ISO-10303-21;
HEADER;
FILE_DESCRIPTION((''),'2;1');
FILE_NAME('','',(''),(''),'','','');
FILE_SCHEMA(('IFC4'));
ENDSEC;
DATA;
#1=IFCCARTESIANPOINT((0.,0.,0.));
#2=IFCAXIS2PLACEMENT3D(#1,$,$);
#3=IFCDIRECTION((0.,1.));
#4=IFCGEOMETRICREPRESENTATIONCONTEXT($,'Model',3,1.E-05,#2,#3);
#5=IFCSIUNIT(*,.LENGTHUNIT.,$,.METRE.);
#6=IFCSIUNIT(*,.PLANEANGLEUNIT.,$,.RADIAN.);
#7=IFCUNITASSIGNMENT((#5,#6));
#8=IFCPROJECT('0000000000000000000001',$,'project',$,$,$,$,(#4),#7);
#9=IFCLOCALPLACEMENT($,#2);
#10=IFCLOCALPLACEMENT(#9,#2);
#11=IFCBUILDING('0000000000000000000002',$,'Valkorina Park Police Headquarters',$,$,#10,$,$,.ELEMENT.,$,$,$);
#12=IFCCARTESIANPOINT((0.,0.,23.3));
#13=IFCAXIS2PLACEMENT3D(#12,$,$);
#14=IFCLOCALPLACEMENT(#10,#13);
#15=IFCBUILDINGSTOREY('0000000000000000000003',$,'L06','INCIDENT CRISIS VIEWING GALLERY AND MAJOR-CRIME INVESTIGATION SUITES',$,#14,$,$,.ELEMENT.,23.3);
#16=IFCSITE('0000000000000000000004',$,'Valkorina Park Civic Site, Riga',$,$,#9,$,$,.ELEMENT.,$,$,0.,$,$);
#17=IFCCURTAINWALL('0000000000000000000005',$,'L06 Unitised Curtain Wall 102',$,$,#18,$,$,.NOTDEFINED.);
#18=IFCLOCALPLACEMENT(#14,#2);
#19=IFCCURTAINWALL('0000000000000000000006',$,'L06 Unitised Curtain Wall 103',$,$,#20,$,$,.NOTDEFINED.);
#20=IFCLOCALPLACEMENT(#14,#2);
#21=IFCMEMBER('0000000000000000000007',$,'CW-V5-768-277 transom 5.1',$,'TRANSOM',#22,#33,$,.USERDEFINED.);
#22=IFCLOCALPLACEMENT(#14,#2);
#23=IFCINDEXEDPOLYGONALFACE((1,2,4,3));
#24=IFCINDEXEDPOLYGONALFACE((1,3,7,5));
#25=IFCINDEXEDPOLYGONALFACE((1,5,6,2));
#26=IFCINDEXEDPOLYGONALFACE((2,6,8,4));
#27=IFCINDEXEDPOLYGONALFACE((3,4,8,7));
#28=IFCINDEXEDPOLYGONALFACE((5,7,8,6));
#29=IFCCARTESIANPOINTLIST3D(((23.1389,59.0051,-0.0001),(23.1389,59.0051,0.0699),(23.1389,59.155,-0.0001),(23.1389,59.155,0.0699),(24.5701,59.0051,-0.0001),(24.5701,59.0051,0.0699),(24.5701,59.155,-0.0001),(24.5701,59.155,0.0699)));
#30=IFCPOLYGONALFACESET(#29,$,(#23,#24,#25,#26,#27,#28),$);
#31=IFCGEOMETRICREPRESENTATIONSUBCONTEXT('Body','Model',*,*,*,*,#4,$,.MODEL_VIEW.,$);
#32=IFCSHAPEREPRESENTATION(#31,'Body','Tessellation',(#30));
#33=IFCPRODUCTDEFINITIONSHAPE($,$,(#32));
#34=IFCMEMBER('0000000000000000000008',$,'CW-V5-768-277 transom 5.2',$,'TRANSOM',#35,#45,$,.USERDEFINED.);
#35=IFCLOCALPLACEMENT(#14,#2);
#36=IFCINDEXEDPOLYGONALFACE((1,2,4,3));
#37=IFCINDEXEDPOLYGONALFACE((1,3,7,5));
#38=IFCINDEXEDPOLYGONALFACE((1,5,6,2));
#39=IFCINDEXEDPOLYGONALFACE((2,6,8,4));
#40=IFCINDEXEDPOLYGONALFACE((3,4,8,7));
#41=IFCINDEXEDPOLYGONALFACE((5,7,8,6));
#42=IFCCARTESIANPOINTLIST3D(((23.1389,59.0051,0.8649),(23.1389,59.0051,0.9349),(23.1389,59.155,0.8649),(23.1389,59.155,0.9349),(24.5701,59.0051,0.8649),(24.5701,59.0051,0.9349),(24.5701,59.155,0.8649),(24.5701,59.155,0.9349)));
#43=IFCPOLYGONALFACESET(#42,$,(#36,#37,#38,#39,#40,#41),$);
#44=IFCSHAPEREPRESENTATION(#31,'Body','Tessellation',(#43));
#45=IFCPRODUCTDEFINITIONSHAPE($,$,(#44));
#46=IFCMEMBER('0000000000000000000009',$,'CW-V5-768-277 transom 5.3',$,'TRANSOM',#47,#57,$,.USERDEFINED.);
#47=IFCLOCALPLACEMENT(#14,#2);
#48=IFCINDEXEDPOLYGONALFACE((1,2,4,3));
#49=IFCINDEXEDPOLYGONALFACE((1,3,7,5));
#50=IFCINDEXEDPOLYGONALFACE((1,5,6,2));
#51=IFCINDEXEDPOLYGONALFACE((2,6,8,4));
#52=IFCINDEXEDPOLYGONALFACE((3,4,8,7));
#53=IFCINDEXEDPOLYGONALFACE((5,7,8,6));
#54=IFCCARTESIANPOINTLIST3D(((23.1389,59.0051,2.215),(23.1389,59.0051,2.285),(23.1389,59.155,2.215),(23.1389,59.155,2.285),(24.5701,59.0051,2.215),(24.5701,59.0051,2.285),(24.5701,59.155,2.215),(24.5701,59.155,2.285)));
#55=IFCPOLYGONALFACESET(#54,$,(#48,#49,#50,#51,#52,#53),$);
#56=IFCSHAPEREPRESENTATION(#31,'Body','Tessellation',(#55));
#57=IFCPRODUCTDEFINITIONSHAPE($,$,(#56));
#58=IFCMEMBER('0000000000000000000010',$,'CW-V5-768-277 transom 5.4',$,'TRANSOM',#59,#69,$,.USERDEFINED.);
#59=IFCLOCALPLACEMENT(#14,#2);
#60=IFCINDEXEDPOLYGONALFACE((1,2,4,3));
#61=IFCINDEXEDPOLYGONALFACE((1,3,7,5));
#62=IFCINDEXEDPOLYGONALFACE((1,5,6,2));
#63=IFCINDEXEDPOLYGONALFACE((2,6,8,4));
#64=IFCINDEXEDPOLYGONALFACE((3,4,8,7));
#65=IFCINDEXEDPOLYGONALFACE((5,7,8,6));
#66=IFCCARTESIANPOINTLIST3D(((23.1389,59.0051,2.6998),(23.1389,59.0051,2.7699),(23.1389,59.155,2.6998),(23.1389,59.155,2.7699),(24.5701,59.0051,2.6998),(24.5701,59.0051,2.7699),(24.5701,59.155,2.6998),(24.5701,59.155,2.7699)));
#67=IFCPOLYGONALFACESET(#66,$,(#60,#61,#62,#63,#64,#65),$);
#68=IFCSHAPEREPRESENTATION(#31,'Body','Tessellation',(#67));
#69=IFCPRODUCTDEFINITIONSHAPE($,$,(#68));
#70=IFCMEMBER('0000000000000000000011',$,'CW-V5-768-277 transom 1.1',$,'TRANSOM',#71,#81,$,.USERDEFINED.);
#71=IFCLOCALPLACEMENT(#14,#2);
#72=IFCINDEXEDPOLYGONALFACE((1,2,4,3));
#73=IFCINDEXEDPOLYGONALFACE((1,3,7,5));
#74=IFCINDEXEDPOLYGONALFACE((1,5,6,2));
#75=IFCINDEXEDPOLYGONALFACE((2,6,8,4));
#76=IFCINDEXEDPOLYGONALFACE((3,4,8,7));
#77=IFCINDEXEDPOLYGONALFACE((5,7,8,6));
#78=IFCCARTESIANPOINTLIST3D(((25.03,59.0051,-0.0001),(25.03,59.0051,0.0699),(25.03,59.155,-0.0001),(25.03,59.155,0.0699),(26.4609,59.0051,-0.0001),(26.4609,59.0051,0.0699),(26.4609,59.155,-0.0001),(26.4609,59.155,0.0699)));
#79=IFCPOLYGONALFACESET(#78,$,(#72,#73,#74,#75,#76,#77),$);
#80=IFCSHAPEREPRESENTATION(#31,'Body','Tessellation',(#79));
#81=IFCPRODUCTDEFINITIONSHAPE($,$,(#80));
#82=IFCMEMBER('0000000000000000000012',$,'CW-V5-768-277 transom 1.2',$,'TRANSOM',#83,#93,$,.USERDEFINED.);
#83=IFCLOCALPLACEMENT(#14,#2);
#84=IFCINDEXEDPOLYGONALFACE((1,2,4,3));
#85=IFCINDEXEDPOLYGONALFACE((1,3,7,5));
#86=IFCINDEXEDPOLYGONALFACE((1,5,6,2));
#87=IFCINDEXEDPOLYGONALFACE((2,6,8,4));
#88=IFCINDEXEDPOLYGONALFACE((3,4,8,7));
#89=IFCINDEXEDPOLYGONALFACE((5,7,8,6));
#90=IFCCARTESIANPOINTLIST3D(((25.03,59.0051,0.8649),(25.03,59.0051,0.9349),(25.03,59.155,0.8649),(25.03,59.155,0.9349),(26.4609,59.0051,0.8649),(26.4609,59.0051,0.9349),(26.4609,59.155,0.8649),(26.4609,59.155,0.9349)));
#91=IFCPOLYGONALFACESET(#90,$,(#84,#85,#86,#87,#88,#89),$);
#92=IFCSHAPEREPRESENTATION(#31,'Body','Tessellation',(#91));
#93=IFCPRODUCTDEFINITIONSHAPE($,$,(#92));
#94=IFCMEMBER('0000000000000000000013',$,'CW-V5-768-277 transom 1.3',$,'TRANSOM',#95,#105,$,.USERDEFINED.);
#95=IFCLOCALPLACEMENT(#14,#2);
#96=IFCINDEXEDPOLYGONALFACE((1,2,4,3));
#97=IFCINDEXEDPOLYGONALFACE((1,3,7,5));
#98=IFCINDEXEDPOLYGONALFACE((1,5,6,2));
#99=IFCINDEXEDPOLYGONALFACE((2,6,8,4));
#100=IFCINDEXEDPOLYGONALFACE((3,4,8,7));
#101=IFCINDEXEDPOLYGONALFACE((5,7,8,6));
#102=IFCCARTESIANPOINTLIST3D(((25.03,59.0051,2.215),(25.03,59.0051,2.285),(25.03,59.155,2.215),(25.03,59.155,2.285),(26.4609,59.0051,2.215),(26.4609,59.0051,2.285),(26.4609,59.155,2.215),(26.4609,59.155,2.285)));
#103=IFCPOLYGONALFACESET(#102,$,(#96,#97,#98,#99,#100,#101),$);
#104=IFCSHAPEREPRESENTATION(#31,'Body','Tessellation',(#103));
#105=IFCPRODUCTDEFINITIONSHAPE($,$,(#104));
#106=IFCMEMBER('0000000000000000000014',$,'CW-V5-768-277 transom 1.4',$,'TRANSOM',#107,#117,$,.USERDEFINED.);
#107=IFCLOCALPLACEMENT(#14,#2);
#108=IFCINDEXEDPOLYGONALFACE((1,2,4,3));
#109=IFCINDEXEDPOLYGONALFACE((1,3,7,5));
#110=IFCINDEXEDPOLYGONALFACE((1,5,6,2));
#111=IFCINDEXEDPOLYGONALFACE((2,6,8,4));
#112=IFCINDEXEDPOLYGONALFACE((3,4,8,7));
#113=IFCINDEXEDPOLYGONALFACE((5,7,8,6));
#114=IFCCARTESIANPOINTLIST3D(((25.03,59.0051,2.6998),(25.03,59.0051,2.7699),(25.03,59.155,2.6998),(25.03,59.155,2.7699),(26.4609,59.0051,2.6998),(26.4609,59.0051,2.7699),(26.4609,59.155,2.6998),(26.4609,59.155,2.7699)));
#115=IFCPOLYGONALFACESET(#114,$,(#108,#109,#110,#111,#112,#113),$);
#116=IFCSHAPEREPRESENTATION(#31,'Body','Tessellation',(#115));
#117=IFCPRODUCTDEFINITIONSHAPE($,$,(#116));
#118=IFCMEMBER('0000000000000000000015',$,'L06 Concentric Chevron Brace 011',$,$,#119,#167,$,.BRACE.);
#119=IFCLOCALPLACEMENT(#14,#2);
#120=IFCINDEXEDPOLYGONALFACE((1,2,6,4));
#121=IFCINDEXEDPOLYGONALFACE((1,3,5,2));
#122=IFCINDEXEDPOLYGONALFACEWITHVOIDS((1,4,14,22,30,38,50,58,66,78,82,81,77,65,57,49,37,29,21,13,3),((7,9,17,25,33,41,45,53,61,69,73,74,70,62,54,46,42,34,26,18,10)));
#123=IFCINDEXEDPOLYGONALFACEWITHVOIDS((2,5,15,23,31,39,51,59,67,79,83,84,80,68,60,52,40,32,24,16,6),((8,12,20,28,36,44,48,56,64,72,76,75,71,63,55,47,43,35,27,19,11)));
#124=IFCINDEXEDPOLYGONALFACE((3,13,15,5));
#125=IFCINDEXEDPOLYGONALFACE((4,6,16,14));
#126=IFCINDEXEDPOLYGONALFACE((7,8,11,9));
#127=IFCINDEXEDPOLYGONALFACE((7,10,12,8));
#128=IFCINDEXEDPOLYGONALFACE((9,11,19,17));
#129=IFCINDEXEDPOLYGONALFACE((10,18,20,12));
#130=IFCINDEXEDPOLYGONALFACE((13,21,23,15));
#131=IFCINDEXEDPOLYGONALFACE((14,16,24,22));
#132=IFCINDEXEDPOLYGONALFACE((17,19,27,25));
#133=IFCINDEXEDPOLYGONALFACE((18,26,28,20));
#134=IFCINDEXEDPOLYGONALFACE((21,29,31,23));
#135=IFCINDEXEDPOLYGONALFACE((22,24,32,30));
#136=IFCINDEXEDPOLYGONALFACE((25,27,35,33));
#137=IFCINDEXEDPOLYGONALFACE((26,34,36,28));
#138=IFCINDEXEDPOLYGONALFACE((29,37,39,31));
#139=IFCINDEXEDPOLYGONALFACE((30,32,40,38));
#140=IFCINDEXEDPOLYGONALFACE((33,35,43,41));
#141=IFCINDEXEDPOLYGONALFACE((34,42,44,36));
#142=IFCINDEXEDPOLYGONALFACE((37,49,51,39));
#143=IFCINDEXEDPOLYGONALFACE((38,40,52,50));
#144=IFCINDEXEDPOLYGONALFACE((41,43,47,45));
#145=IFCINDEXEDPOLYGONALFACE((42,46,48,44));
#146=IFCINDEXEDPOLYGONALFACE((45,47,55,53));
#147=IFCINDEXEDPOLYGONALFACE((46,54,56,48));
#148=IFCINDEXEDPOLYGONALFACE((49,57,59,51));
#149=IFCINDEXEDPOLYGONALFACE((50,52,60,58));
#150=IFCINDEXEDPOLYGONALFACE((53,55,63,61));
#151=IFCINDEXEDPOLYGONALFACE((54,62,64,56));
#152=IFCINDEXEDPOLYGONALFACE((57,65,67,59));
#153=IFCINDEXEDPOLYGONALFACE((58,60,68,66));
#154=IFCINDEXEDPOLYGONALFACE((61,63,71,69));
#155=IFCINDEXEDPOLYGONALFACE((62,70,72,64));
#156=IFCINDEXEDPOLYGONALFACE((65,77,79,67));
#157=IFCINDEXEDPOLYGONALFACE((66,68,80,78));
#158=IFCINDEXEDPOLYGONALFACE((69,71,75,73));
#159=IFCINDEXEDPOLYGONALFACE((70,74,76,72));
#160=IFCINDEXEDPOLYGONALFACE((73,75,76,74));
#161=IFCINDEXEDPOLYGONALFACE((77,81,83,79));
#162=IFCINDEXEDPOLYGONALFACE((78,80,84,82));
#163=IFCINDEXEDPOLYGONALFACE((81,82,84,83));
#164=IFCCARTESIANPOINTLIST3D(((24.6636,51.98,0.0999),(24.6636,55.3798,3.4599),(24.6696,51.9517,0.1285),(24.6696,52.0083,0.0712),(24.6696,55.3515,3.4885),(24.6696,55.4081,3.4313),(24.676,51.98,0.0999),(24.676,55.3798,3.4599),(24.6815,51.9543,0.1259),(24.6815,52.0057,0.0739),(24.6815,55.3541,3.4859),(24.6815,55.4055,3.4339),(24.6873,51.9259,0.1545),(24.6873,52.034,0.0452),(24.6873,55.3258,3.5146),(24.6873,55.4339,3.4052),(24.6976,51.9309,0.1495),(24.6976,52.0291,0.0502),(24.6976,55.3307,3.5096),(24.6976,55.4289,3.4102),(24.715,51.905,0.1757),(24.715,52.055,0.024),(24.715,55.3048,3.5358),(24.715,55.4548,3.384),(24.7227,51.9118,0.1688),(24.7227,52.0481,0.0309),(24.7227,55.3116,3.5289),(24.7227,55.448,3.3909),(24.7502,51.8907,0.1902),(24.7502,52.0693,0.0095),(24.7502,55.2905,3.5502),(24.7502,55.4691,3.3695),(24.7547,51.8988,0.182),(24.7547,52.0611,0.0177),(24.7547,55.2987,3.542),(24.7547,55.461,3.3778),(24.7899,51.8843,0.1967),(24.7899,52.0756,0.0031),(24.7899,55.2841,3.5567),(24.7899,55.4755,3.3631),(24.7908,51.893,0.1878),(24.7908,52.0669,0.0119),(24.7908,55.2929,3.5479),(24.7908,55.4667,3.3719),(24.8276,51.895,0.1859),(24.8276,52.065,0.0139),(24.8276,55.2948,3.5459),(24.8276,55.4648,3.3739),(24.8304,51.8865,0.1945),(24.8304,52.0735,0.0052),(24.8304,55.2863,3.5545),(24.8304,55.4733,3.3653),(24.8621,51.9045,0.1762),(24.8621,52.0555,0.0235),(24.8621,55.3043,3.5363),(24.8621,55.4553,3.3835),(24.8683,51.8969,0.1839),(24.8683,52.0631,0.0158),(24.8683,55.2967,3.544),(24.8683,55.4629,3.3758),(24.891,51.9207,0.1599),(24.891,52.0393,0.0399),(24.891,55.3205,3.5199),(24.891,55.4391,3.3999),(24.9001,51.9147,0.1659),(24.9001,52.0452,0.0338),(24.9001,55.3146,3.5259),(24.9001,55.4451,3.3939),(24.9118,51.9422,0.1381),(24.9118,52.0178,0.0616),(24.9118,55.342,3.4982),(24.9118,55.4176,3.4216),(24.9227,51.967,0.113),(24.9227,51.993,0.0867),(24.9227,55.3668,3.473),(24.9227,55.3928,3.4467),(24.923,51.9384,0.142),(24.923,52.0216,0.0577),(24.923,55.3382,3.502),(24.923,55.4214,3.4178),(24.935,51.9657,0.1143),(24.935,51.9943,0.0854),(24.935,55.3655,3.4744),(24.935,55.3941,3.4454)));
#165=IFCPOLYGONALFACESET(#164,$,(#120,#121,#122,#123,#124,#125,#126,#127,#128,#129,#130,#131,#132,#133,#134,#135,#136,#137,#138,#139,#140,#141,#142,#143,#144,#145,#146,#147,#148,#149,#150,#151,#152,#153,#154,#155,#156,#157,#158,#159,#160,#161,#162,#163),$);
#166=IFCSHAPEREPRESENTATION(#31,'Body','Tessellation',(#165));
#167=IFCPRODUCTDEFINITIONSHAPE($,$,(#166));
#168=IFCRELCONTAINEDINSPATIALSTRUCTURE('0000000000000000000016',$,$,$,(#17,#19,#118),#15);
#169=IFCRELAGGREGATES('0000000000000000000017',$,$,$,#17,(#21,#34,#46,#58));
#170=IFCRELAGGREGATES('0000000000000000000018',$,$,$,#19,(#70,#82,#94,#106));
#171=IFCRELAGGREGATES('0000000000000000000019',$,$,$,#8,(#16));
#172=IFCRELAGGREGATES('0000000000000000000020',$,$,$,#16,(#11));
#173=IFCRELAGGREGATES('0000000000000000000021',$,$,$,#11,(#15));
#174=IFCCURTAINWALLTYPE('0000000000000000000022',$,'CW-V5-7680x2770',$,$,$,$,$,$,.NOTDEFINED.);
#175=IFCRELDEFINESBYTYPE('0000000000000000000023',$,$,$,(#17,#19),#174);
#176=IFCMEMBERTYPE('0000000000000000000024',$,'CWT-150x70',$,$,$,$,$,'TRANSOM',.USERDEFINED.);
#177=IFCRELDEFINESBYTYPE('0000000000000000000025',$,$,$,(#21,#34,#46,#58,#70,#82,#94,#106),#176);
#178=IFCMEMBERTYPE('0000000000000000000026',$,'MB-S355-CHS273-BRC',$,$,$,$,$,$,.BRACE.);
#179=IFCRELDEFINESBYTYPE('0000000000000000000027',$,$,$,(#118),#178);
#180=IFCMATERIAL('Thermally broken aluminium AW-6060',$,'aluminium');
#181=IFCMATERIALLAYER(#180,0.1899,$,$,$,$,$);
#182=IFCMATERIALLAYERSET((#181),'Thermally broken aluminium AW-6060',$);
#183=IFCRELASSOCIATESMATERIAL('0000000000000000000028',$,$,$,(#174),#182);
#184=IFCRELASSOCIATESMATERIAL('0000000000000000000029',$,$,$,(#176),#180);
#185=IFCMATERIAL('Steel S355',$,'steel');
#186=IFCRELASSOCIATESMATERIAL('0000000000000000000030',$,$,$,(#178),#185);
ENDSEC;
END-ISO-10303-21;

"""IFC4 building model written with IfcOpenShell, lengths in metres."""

from ifc_helpers import new_model, si_unit, direction, frame, origin, origin_2d, place, context, subcontext, project, spatial, rectangle, hollow_circle, extrude, material, layer, layer_set, material_profile, profile_set, type_object, element, aggregate, save


model = new_model("IFC4")

# Units and contexts
model_context = context("Model", 3, precision=1e-05, world=origin(), true_north=direction((0.0, 1.0)))
body_context = subcontext(model_context, "Body", "Model", "MODEL_VIEW")
ifc_project = project(units=[si_unit("LENGTHUNIT", "METRE"), si_unit("PLANEANGLEUNIT", "RADIAN")], contexts=[model_context])

# Site, building, storey
site_placement = place(None, origin())
site = spatial("IfcSite", under=ifc_project, at=site_placement, Name="Valkorina Park Civic Site, Riga", CompositionType="ELEMENT", RefElevation=0.0)
building_placement = place(site_placement, origin())
building = spatial("IfcBuilding", under=site, at=building_placement, Name="Valkorina Park Police Headquarters", CompositionType="ELEMENT")
storey_placement = place(building_placement, frame((0.0, 0.0, 23.3)))
storey = spatial("IfcBuildingStorey", under=building, at=storey_placement, Name="L06", Description="INCIDENT CRISIS VIEWING GALLERY AND MAJOR-CRIME INVESTIGATION SUITES", CompositionType="ELEMENT", Elevation=23.3)

# Shared definitions
ifc_material_1 = material(Name="Steel S355", Category="steel")

# Curtain wall
ifc_material_2 = material(Name="Thermally broken aluminium AW-6060", Category="aluminium")
ifc_layer_1 = layer(ifc_material_2, 0.1899)
ifc_layer_set_1 = layer_set([ifc_layer_1], Name="Thermally broken aluminium AW-6060")
curtain_wall_type = type_object("IfcCurtainWallType", Name="CW-V5-7680x2770", PredefinedType="NOTDEFINED", material=ifc_layer_set_1)
curtain_wall_1_placement = place(storey_placement, origin())
curtain_wall_1 = element("IfcCurtainWall", 1, at=curtain_wall_1_placement, inside=storey, type_object=curtain_wall_type, Name="L06 Unitised Curtain Wall 102", PredefinedType="NOTDEFINED")

# Curtain wall
curtain_wall_2_placement = place(storey_placement, origin())
curtain_wall_2 = element("IfcCurtainWall", 2, at=curtain_wall_2_placement, inside=storey, type_object=curtain_wall_type, Name="L06 Unitised Curtain Wall 103", PredefinedType="NOTDEFINED")

# Members
ifc_material_profile_1 = material_profile(ifc_material_2, rectangle(XDim=0.1499, YDim=0.0701, at=origin_2d()), Name="CWT-02 150x70")
ifc_profile_set_1 = profile_set([ifc_material_profile_1], Name="Thermally broken aluminium AW-6060")
member_type_1 = type_object("IfcMemberType", Name="CWT-150x70", ElementType="TRANSOM", PredefinedType="USERDEFINED", material=ifc_profile_set_1)
member_1_placement = place(storey_placement, frame((23.1389, 59.0801, 0.0349), z_axis=(1.0, 0.0, 0.0), x_axis=(0.0, 1.0, 0.0)))
member_1 = element("IfcMember", 3, at=member_1_placement, type_object=member_type_1, Name="CW-V5-768-277 transom 5.1", ObjectType="TRANSOM", PredefinedType="USERDEFINED", context=body_context, shape_type="SweptSolid", body=[
    extrude(rectangle(XDim=0.1499, YDim=0.0701, at=origin_2d()), origin(), (0.0, 0.0, 1.0), 1.4312),
])
member_2_placement = place(storey_placement, frame((23.1389, 59.0801, 0.8999), z_axis=(1.0, 0.0, 0.0), x_axis=(0.0, 1.0, 0.0)))
member_2 = element("IfcMember", 4, at=member_2_placement, type_object=member_type_1, Name="CW-V5-768-277 transom 5.2", ObjectType="TRANSOM", PredefinedType="USERDEFINED", context=body_context, shape_type="SweptSolid", body=[
    extrude(rectangle(XDim=0.1499, YDim=0.0701, at=origin_2d()), origin(), (0.0, 0.0, 1.0), 1.4312),
])
member_3_placement = place(storey_placement, frame((23.1389, 59.0801, 2.25), z_axis=(1.0, 0.0, 0.0), x_axis=(0.0, 1.0, 0.0)))
member_3 = element("IfcMember", 5, at=member_3_placement, type_object=member_type_1, Name="CW-V5-768-277 transom 5.3", ObjectType="TRANSOM", PredefinedType="USERDEFINED", context=body_context, shape_type="SweptSolid", body=[
    extrude(rectangle(XDim=0.1499, YDim=0.0701, at=origin_2d()), origin(), (0.0, 0.0, 1.0), 1.4312),
])
member_4_placement = place(storey_placement, frame((23.1389, 59.0801, 2.7349), z_axis=(1.0, 0.0, 0.0), x_axis=(0.0, 1.0, 0.0)))
member_4 = element("IfcMember", 6, at=member_4_placement, type_object=member_type_1, Name="CW-V5-768-277 transom 5.4", ObjectType="TRANSOM", PredefinedType="USERDEFINED", context=body_context, shape_type="SweptSolid", body=[
    extrude(rectangle(XDim=0.1499, YDim=0.0701, at=origin_2d()), origin(), (0.0, 0.0, 1.0), 1.4312),
])
member_5_placement = place(storey_placement, frame((25.03, 59.0801, 0.0349), z_axis=(1.0, 0.0, 0.0), x_axis=(0.0, 1.0, 0.0)))
member_5 = element("IfcMember", 7, at=member_5_placement, type_object=member_type_1, Name="CW-V5-768-277 transom 1.1", ObjectType="TRANSOM", PredefinedType="USERDEFINED", context=body_context, shape_type="SweptSolid", body=[
    extrude(rectangle(XDim=0.1499, YDim=0.0701, at=origin_2d()), origin(), (0.0, 0.0, 1.0), 1.4309),
])
member_6_placement = place(storey_placement, frame((25.03, 59.0801, 0.8999), z_axis=(1.0, 0.0, 0.0), x_axis=(0.0, 1.0, 0.0)))
member_6 = element("IfcMember", 8, at=member_6_placement, type_object=member_type_1, Name="CW-V5-768-277 transom 1.2", ObjectType="TRANSOM", PredefinedType="USERDEFINED", context=body_context, shape_type="SweptSolid", body=[
    extrude(rectangle(XDim=0.1499, YDim=0.0701, at=origin_2d()), origin(), (0.0, 0.0, 1.0), 1.4309),
])
member_7_placement = place(storey_placement, frame((25.03, 59.0801, 2.25), z_axis=(1.0, 0.0, 0.0), x_axis=(0.0, 1.0, 0.0)))
member_7 = element("IfcMember", 9, at=member_7_placement, type_object=member_type_1, Name="CW-V5-768-277 transom 1.3", ObjectType="TRANSOM", PredefinedType="USERDEFINED", context=body_context, shape_type="SweptSolid", body=[
    extrude(rectangle(XDim=0.1499, YDim=0.0701, at=origin_2d()), origin(), (0.0, 0.0, 1.0), 1.4309),
])
member_8_placement = place(storey_placement, frame((25.03, 59.0801, 2.7349), z_axis=(1.0, 0.0, 0.0), x_axis=(0.0, 1.0, 0.0)))
member_8 = element("IfcMember", 10, at=member_8_placement, type_object=member_type_1, Name="CW-V5-768-277 transom 1.4", ObjectType="TRANSOM", PredefinedType="USERDEFINED", context=body_context, shape_type="SweptSolid", body=[
    extrude(rectangle(XDim=0.1499, YDim=0.0701, at=origin_2d()), origin(), (0.0, 0.0, 1.0), 1.4309),
])

# Member
ifc_material_profile_2 = material_profile(ifc_material_1, hollow_circle(Radius=0.1365, WallThickness=0.0125, at=origin_2d()), Name="CHS 273x12.5")
ifc_profile_set_2 = profile_set([ifc_material_profile_2], Name="Steel S355")
member_type_2 = type_object("IfcMemberType", Name="MB-S355-CHS273-BRC", PredefinedType="BRACE", material=ifc_profile_set_2)
for number, where, z_axis, x_axis, name in (
    (11, (24.8, 51.98, 0.0999), (0.0, 0.711257, 0.702932), (-1.0, 0.0, 0.0), "L06 Concentric Chevron Brace 011"),
):
    element("IfcMember", number, at=place(storey_placement, frame(where, z_axis=z_axis, x_axis=x_axis)), inside=storey, type_object=member_type_2, Name=name, PredefinedType="BRACE", context=body_context, shape_type="SweptSolid", body=[
        extrude(hollow_circle(Radius=0.1365, WallThickness=0.0125, at=origin_2d()), origin(), (0.0, 0.0, 1.0), 4.78),
    ])

aggregate(curtain_wall_1, [member_1, member_2, member_3, member_4])
aggregate(curtain_wall_2, [member_5, member_6, member_7, member_8])

save(model, "model.ifc")
